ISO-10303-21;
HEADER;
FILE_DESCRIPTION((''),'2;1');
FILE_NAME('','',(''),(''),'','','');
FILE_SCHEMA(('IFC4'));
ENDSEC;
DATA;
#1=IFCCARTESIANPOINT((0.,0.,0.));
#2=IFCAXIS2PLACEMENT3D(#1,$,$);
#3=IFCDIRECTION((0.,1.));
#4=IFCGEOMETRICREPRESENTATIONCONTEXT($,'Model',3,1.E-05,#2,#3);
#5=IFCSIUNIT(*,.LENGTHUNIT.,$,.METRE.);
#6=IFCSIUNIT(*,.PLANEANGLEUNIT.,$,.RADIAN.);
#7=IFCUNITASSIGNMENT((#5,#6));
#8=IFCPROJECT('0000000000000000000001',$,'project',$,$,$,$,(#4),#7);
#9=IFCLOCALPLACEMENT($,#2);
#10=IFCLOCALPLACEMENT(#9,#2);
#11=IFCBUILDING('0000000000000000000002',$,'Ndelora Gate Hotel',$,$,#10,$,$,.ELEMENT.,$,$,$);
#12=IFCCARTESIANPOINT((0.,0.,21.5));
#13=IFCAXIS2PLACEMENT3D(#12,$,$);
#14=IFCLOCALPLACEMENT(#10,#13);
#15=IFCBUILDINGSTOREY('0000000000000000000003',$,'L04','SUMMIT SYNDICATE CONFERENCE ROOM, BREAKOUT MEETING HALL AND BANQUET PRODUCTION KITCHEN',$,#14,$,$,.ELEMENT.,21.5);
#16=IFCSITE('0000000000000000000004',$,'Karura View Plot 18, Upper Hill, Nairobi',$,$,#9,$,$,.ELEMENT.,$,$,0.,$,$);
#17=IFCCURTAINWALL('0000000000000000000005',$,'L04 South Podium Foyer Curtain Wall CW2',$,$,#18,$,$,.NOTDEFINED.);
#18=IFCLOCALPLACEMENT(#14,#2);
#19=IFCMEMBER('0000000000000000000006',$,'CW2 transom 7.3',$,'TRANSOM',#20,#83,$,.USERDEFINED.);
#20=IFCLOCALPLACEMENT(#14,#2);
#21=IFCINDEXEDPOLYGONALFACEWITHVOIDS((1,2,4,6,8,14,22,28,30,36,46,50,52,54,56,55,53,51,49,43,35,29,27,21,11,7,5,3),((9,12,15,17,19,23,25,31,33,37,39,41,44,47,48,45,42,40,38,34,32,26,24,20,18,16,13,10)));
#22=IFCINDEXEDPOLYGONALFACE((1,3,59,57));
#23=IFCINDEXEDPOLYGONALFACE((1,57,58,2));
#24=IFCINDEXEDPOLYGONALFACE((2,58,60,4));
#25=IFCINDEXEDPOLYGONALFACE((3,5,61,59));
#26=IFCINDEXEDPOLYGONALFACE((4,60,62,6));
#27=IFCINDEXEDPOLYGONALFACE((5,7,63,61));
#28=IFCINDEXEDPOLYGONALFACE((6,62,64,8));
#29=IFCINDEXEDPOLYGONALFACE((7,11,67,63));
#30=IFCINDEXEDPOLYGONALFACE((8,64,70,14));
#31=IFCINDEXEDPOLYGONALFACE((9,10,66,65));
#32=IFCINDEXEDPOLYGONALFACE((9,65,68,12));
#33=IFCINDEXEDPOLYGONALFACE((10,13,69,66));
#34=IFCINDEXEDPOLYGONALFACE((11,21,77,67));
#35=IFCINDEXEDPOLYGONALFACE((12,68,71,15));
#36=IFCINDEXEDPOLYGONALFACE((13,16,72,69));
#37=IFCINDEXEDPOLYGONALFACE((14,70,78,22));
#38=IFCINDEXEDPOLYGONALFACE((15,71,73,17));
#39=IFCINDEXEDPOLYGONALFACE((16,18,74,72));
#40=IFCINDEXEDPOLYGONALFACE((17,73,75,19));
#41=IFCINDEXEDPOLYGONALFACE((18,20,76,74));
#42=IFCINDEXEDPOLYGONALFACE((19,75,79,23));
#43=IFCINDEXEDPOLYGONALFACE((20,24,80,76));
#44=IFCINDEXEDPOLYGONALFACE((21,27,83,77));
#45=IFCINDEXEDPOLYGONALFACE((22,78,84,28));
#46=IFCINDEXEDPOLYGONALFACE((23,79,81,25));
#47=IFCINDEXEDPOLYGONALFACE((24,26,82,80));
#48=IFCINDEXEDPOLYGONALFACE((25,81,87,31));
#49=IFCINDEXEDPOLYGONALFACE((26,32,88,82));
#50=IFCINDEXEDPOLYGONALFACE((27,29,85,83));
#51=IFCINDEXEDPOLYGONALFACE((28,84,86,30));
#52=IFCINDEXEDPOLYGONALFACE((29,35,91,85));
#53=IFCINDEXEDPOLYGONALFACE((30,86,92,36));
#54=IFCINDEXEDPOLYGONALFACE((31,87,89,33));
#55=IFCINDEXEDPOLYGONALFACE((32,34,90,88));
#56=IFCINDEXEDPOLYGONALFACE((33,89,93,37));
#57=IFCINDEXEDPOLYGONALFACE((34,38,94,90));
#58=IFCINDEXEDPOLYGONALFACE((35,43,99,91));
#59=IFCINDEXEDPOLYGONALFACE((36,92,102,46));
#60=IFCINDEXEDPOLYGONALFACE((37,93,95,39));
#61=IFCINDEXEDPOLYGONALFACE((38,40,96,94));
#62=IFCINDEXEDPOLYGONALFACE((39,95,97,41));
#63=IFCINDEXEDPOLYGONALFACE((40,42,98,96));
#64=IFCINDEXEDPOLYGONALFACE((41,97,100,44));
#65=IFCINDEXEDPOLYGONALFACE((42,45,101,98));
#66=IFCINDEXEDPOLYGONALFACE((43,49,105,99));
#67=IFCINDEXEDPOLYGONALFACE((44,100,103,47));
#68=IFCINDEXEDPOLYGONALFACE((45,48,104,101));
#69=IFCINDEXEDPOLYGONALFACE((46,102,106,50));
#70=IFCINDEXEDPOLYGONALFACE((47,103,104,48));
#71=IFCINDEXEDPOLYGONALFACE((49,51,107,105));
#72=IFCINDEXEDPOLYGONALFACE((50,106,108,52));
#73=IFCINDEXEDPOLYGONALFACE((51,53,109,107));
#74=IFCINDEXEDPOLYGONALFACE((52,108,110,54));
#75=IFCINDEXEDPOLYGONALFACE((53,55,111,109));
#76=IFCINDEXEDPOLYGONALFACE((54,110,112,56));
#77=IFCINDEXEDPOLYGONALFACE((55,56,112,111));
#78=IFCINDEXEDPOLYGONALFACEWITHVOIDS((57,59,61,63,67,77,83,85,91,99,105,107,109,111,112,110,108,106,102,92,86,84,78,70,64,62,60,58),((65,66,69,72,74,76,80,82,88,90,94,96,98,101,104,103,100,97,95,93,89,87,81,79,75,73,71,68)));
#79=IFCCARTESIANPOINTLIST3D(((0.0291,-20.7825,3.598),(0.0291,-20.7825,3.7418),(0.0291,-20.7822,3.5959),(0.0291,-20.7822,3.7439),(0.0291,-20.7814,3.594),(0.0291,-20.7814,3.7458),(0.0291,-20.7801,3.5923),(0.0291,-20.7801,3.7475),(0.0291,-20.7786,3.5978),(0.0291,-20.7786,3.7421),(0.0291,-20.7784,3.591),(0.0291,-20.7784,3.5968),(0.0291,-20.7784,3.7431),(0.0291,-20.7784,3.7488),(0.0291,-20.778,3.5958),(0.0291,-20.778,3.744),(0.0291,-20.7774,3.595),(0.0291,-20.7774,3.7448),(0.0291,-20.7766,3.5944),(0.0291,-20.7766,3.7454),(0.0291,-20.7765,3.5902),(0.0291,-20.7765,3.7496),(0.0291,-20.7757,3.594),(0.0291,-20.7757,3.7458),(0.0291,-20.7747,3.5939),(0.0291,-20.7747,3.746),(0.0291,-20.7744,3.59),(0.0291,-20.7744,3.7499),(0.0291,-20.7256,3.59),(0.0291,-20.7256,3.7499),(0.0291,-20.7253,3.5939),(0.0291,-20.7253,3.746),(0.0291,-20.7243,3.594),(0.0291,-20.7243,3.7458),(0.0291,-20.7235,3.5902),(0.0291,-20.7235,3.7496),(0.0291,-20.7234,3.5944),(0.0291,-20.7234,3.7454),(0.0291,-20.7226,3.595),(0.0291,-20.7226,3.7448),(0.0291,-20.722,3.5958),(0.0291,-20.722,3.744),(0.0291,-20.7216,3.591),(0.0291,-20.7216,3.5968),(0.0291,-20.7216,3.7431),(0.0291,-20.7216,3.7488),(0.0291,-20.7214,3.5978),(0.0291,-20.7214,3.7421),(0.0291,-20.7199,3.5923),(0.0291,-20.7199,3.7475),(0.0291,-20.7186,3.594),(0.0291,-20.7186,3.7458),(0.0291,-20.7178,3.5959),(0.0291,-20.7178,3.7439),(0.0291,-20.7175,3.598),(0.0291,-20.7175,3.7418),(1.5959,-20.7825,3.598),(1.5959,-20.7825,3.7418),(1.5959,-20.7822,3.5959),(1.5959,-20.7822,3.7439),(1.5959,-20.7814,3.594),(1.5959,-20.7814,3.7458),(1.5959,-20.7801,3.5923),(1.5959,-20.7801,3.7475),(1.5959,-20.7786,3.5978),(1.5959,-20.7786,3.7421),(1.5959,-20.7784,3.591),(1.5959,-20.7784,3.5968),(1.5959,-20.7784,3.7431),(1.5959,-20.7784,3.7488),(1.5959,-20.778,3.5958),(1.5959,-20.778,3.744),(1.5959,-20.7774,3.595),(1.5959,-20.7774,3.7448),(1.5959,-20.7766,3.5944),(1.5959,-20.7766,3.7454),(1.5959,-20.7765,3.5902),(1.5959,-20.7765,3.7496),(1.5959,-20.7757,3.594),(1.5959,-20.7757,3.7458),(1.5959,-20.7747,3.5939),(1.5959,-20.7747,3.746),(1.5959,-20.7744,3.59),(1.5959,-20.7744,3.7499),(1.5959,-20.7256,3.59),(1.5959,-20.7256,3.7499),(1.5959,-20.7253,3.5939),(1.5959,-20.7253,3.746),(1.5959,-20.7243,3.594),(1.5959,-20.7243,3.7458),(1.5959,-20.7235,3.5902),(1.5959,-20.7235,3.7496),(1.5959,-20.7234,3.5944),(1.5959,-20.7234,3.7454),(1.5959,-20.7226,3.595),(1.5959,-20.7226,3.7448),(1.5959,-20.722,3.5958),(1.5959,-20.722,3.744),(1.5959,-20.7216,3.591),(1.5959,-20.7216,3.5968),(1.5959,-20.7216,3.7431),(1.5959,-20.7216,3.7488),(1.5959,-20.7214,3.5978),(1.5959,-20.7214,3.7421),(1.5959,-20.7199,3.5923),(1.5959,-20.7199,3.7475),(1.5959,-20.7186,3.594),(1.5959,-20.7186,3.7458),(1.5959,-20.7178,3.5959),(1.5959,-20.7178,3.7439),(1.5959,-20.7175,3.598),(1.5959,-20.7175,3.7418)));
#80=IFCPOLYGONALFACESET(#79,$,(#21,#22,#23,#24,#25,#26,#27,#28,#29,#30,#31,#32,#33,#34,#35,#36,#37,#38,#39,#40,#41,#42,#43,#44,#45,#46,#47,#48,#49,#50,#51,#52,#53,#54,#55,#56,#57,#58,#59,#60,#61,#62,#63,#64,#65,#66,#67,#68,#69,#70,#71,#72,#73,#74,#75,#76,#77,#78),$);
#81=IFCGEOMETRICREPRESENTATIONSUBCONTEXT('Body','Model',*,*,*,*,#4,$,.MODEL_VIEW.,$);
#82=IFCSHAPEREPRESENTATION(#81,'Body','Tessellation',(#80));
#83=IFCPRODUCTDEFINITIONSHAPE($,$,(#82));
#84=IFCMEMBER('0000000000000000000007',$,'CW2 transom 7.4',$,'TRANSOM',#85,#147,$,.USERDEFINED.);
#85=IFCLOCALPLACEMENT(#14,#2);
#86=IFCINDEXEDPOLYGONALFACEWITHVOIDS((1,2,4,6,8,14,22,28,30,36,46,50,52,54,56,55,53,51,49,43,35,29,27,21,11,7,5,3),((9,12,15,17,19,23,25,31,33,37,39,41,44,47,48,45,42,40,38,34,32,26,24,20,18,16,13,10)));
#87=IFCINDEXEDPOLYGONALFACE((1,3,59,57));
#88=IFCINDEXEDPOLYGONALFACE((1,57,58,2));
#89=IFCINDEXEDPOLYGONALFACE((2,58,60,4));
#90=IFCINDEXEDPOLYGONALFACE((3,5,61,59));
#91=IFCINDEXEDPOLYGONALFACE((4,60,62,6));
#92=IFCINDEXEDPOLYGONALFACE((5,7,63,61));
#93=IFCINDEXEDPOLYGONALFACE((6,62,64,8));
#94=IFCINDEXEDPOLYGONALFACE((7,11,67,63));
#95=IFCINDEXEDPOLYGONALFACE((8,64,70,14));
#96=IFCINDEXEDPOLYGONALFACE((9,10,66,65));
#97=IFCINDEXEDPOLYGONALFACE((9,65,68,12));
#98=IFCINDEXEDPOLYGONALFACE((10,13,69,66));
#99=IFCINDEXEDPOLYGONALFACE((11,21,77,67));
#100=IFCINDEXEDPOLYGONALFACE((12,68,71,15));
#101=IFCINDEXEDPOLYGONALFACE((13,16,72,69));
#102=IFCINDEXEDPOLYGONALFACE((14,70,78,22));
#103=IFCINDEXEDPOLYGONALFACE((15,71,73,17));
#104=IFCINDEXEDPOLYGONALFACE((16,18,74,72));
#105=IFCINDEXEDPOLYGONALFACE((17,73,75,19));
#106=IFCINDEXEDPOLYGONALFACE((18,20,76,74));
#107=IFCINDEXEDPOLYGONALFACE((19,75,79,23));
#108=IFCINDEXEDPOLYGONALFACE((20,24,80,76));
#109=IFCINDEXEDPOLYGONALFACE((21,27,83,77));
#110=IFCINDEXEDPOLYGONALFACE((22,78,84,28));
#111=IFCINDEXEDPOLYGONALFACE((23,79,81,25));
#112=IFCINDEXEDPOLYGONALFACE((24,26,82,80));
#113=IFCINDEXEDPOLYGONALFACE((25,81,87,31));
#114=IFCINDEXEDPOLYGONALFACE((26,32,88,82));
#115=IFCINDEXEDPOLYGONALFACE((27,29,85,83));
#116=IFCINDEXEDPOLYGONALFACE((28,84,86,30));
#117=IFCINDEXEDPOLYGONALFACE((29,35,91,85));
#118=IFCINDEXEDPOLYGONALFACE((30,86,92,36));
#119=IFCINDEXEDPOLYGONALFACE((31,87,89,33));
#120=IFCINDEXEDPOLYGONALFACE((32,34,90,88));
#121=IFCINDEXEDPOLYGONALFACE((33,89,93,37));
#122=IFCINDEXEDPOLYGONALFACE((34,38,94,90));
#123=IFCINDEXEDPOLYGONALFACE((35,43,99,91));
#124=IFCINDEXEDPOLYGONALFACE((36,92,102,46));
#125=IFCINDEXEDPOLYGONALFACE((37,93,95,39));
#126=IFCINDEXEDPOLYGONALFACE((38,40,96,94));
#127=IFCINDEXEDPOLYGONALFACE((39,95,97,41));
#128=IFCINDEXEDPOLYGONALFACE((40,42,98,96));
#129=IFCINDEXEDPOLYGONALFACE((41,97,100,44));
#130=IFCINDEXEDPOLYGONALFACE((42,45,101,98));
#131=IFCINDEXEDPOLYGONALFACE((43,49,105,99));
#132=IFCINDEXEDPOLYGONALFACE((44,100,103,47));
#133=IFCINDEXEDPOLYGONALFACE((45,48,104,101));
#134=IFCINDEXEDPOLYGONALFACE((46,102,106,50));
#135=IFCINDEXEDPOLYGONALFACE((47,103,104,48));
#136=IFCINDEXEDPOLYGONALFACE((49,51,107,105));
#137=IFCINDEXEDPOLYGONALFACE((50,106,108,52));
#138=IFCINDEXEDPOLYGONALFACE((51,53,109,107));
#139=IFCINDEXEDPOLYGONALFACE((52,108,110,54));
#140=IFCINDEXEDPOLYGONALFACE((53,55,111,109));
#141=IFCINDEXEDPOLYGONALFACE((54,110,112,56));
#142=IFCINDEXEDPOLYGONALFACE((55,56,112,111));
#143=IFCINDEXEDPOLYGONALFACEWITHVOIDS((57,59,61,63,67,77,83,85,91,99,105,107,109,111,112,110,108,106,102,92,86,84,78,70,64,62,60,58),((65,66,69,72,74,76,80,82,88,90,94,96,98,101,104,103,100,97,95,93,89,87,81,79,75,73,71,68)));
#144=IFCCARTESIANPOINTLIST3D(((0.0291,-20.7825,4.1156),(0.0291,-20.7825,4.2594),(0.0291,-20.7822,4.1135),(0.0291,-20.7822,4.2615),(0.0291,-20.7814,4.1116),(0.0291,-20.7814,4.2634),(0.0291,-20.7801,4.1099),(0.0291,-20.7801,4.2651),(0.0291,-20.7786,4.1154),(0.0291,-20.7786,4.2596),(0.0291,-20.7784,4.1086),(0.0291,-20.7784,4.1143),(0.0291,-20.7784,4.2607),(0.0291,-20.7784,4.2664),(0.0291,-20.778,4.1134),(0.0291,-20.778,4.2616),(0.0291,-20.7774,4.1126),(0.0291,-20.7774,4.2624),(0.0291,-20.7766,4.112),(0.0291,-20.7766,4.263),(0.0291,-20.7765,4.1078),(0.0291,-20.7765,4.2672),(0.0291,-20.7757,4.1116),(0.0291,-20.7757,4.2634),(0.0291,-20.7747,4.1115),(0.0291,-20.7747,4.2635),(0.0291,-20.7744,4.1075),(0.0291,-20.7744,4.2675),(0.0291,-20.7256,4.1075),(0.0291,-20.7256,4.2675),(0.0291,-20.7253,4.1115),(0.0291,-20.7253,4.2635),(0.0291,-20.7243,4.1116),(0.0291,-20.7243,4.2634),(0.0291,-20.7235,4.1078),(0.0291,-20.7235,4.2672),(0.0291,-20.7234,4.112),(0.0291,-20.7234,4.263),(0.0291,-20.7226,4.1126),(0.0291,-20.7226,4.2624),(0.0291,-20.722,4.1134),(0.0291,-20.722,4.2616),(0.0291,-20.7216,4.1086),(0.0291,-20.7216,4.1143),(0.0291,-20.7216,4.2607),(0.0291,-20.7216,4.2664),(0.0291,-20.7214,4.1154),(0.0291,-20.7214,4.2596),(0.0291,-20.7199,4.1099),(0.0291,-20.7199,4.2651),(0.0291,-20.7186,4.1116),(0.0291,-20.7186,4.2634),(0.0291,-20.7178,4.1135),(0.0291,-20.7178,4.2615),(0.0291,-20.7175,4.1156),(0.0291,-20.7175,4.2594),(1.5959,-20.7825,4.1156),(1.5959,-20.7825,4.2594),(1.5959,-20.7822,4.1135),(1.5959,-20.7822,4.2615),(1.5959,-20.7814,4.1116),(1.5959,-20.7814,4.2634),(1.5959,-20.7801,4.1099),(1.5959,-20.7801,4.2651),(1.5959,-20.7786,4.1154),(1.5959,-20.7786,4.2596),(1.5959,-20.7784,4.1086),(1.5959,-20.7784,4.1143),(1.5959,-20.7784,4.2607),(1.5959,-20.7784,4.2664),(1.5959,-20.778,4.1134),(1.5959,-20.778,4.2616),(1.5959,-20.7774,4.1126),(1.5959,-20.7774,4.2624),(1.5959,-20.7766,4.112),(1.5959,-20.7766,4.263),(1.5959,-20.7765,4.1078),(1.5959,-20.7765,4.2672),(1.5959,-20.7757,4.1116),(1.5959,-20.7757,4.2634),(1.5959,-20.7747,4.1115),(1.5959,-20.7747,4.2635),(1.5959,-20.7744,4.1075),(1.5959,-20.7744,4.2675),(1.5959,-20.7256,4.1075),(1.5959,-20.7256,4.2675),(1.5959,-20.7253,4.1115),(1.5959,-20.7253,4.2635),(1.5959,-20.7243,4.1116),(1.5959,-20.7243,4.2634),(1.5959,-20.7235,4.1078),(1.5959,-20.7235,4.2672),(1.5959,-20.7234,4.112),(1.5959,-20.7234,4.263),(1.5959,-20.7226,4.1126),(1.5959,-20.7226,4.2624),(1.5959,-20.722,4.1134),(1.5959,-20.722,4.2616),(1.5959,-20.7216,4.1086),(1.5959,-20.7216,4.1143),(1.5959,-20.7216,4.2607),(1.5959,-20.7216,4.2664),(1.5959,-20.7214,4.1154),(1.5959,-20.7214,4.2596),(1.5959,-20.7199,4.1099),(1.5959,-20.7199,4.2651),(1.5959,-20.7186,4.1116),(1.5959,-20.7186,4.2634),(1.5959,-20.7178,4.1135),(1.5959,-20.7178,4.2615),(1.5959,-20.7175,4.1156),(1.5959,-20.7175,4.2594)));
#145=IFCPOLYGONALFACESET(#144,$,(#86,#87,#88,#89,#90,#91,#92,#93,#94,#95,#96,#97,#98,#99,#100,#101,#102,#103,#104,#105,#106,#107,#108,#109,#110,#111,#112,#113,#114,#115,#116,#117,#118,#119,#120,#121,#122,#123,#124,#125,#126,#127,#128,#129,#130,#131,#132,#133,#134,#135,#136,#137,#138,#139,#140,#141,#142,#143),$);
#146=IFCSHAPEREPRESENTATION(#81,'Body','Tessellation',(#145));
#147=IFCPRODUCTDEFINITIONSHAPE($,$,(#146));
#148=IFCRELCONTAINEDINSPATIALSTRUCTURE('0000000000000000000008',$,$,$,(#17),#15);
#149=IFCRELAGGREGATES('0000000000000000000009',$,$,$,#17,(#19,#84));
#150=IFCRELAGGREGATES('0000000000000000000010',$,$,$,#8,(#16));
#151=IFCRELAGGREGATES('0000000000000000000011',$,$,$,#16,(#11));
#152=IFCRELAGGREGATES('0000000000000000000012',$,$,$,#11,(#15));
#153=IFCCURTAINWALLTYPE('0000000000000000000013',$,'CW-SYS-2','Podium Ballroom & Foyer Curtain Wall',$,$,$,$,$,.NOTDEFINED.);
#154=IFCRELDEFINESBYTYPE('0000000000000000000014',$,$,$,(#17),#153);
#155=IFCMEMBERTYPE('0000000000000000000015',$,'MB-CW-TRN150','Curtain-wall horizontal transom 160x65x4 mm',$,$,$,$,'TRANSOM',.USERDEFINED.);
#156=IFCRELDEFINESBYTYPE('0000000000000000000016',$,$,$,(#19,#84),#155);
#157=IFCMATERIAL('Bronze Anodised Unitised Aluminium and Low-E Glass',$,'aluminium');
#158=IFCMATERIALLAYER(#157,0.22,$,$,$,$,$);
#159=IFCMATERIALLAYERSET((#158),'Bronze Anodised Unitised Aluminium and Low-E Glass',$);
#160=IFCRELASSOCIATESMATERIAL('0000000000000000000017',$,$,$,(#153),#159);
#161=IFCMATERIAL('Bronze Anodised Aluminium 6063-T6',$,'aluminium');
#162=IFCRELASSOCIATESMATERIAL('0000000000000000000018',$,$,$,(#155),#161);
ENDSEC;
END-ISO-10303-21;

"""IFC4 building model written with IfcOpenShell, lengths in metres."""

from ifc_helpers import new_model, si_unit, direction, frame, origin, origin_2d, place, context, subcontext, project, spatial, hollow_rectangle, extrude, material, layer, layer_set, material_profile, profile_set, type_object, element, aggregate, save


model = new_model("IFC4")

# Units and contexts
model_context = context("Model", 3, precision=1e-05, world=origin(), true_north=direction((0.0, 1.0)))
body_context = subcontext(model_context, "Body", "Model", "MODEL_VIEW")
ifc_project = project(units=[si_unit("LENGTHUNIT", "METRE"), si_unit("PLANEANGLEUNIT", "RADIAN")], contexts=[model_context])

# Site, building, storey
site_placement = place(None, origin())
site = spatial("IfcSite", under=ifc_project, at=site_placement, Name="Karura View Plot 18, Upper Hill, Nairobi", CompositionType="ELEMENT", RefElevation=0.0)
building_placement = place(site_placement, origin())
building = spatial("IfcBuilding", under=site, at=building_placement, Name="Ndelora Gate Hotel", CompositionType="ELEMENT")
storey_placement = place(building_placement, frame((0.0, 0.0, 21.5)))
storey = spatial("IfcBuildingStorey", under=building, at=storey_placement, Name="L04", Description="SUMMIT SYNDICATE CONFERENCE ROOM, BREAKOUT MEETING HALL AND BANQUET PRODUCTION KITCHEN", CompositionType="ELEMENT", Elevation=21.5)

# Curtain wall, members
ifc_material_1 = material(Name="Bronze Anodised Unitised Aluminium and Low-E Glass", Category="aluminium")
ifc_layer_1 = layer(ifc_material_1, 0.22)
ifc_layer_set_1 = layer_set([ifc_layer_1], Name="Bronze Anodised Unitised Aluminium and Low-E Glass")
curtain_wall_type = type_object("IfcCurtainWallType", Name="CW-SYS-2", Description="Podium Ballroom & Foyer Curtain Wall", PredefinedType="NOTDEFINED", material=ifc_layer_set_1)
curtain_wall_placement = place(storey_placement, origin())
curtain_wall = element("IfcCurtainWall", 1, at=curtain_wall_placement, inside=storey, type_object=curtain_wall_type, Name="L04 South Podium Foyer Curtain Wall CW2", PredefinedType="NOTDEFINED")
ifc_material_2 = material(Name="Bronze Anodised Aluminium 6063-T6", Category="aluminium")
ifc_material_profile_1 = material_profile(ifc_material_2, hollow_rectangle(XDim=0.0649, YDim=0.1599, WallThickness=0.0039, InnerFilletRadius=0.0039, OuterFilletRadius=0.0081, at=origin_2d()), Name="ALU 160x65x4")
ifc_profile_set_1 = profile_set([ifc_material_profile_1], Name="Bronze Anodised Aluminium 6063-T6")
member_type_1 = type_object("IfcMemberType", Name="MB-CW-TRN150", Description="Curtain-wall horizontal transom 160x65x4 mm", ElementType="TRANSOM", PredefinedType="USERDEFINED", material=ifc_profile_set_1)
member_1_placement = place(storey_placement, frame((0.0291, -20.75, 3.6699), z_axis=(1.0, 0.0, 0.0), x_axis=(0.0, 1.0, 0.0)))
member_1 = element("IfcMember", 2, at=member_1_placement, type_object=member_type_1, Name="CW2 transom 7.3", ObjectType="TRANSOM", PredefinedType="USERDEFINED", context=body_context, shape_type="SweptSolid", body=[
    extrude(hollow_rectangle(XDim=0.0649, YDim=0.1599, WallThickness=0.0039, InnerFilletRadius=0.0039, OuterFilletRadius=0.0081, at=origin_2d()), origin(), (0.0, 0.0, 1.0), 1.5669),
])
member_2_placement = place(storey_placement, frame((0.0291, -20.75, 4.1875), z_axis=(1.0, 0.0, 0.0), x_axis=(0.0, 1.0, 0.0)))
member_2 = element("IfcMember", 3, at=member_2_placement, type_object=member_type_1, Name="CW2 transom 7.4", ObjectType="TRANSOM", PredefinedType="USERDEFINED", context=body_context, shape_type="SweptSolid", body=[
    extrude(hollow_rectangle(XDim=0.0649, YDim=0.1599, WallThickness=0.0039, InnerFilletRadius=0.0039, OuterFilletRadius=0.0081, at=origin_2d()), origin(), (0.0, 0.0, 1.0), 1.5669),
])
aggregate(curtain_wall, [member_1, member_2])

save(model, "model.ifc")
